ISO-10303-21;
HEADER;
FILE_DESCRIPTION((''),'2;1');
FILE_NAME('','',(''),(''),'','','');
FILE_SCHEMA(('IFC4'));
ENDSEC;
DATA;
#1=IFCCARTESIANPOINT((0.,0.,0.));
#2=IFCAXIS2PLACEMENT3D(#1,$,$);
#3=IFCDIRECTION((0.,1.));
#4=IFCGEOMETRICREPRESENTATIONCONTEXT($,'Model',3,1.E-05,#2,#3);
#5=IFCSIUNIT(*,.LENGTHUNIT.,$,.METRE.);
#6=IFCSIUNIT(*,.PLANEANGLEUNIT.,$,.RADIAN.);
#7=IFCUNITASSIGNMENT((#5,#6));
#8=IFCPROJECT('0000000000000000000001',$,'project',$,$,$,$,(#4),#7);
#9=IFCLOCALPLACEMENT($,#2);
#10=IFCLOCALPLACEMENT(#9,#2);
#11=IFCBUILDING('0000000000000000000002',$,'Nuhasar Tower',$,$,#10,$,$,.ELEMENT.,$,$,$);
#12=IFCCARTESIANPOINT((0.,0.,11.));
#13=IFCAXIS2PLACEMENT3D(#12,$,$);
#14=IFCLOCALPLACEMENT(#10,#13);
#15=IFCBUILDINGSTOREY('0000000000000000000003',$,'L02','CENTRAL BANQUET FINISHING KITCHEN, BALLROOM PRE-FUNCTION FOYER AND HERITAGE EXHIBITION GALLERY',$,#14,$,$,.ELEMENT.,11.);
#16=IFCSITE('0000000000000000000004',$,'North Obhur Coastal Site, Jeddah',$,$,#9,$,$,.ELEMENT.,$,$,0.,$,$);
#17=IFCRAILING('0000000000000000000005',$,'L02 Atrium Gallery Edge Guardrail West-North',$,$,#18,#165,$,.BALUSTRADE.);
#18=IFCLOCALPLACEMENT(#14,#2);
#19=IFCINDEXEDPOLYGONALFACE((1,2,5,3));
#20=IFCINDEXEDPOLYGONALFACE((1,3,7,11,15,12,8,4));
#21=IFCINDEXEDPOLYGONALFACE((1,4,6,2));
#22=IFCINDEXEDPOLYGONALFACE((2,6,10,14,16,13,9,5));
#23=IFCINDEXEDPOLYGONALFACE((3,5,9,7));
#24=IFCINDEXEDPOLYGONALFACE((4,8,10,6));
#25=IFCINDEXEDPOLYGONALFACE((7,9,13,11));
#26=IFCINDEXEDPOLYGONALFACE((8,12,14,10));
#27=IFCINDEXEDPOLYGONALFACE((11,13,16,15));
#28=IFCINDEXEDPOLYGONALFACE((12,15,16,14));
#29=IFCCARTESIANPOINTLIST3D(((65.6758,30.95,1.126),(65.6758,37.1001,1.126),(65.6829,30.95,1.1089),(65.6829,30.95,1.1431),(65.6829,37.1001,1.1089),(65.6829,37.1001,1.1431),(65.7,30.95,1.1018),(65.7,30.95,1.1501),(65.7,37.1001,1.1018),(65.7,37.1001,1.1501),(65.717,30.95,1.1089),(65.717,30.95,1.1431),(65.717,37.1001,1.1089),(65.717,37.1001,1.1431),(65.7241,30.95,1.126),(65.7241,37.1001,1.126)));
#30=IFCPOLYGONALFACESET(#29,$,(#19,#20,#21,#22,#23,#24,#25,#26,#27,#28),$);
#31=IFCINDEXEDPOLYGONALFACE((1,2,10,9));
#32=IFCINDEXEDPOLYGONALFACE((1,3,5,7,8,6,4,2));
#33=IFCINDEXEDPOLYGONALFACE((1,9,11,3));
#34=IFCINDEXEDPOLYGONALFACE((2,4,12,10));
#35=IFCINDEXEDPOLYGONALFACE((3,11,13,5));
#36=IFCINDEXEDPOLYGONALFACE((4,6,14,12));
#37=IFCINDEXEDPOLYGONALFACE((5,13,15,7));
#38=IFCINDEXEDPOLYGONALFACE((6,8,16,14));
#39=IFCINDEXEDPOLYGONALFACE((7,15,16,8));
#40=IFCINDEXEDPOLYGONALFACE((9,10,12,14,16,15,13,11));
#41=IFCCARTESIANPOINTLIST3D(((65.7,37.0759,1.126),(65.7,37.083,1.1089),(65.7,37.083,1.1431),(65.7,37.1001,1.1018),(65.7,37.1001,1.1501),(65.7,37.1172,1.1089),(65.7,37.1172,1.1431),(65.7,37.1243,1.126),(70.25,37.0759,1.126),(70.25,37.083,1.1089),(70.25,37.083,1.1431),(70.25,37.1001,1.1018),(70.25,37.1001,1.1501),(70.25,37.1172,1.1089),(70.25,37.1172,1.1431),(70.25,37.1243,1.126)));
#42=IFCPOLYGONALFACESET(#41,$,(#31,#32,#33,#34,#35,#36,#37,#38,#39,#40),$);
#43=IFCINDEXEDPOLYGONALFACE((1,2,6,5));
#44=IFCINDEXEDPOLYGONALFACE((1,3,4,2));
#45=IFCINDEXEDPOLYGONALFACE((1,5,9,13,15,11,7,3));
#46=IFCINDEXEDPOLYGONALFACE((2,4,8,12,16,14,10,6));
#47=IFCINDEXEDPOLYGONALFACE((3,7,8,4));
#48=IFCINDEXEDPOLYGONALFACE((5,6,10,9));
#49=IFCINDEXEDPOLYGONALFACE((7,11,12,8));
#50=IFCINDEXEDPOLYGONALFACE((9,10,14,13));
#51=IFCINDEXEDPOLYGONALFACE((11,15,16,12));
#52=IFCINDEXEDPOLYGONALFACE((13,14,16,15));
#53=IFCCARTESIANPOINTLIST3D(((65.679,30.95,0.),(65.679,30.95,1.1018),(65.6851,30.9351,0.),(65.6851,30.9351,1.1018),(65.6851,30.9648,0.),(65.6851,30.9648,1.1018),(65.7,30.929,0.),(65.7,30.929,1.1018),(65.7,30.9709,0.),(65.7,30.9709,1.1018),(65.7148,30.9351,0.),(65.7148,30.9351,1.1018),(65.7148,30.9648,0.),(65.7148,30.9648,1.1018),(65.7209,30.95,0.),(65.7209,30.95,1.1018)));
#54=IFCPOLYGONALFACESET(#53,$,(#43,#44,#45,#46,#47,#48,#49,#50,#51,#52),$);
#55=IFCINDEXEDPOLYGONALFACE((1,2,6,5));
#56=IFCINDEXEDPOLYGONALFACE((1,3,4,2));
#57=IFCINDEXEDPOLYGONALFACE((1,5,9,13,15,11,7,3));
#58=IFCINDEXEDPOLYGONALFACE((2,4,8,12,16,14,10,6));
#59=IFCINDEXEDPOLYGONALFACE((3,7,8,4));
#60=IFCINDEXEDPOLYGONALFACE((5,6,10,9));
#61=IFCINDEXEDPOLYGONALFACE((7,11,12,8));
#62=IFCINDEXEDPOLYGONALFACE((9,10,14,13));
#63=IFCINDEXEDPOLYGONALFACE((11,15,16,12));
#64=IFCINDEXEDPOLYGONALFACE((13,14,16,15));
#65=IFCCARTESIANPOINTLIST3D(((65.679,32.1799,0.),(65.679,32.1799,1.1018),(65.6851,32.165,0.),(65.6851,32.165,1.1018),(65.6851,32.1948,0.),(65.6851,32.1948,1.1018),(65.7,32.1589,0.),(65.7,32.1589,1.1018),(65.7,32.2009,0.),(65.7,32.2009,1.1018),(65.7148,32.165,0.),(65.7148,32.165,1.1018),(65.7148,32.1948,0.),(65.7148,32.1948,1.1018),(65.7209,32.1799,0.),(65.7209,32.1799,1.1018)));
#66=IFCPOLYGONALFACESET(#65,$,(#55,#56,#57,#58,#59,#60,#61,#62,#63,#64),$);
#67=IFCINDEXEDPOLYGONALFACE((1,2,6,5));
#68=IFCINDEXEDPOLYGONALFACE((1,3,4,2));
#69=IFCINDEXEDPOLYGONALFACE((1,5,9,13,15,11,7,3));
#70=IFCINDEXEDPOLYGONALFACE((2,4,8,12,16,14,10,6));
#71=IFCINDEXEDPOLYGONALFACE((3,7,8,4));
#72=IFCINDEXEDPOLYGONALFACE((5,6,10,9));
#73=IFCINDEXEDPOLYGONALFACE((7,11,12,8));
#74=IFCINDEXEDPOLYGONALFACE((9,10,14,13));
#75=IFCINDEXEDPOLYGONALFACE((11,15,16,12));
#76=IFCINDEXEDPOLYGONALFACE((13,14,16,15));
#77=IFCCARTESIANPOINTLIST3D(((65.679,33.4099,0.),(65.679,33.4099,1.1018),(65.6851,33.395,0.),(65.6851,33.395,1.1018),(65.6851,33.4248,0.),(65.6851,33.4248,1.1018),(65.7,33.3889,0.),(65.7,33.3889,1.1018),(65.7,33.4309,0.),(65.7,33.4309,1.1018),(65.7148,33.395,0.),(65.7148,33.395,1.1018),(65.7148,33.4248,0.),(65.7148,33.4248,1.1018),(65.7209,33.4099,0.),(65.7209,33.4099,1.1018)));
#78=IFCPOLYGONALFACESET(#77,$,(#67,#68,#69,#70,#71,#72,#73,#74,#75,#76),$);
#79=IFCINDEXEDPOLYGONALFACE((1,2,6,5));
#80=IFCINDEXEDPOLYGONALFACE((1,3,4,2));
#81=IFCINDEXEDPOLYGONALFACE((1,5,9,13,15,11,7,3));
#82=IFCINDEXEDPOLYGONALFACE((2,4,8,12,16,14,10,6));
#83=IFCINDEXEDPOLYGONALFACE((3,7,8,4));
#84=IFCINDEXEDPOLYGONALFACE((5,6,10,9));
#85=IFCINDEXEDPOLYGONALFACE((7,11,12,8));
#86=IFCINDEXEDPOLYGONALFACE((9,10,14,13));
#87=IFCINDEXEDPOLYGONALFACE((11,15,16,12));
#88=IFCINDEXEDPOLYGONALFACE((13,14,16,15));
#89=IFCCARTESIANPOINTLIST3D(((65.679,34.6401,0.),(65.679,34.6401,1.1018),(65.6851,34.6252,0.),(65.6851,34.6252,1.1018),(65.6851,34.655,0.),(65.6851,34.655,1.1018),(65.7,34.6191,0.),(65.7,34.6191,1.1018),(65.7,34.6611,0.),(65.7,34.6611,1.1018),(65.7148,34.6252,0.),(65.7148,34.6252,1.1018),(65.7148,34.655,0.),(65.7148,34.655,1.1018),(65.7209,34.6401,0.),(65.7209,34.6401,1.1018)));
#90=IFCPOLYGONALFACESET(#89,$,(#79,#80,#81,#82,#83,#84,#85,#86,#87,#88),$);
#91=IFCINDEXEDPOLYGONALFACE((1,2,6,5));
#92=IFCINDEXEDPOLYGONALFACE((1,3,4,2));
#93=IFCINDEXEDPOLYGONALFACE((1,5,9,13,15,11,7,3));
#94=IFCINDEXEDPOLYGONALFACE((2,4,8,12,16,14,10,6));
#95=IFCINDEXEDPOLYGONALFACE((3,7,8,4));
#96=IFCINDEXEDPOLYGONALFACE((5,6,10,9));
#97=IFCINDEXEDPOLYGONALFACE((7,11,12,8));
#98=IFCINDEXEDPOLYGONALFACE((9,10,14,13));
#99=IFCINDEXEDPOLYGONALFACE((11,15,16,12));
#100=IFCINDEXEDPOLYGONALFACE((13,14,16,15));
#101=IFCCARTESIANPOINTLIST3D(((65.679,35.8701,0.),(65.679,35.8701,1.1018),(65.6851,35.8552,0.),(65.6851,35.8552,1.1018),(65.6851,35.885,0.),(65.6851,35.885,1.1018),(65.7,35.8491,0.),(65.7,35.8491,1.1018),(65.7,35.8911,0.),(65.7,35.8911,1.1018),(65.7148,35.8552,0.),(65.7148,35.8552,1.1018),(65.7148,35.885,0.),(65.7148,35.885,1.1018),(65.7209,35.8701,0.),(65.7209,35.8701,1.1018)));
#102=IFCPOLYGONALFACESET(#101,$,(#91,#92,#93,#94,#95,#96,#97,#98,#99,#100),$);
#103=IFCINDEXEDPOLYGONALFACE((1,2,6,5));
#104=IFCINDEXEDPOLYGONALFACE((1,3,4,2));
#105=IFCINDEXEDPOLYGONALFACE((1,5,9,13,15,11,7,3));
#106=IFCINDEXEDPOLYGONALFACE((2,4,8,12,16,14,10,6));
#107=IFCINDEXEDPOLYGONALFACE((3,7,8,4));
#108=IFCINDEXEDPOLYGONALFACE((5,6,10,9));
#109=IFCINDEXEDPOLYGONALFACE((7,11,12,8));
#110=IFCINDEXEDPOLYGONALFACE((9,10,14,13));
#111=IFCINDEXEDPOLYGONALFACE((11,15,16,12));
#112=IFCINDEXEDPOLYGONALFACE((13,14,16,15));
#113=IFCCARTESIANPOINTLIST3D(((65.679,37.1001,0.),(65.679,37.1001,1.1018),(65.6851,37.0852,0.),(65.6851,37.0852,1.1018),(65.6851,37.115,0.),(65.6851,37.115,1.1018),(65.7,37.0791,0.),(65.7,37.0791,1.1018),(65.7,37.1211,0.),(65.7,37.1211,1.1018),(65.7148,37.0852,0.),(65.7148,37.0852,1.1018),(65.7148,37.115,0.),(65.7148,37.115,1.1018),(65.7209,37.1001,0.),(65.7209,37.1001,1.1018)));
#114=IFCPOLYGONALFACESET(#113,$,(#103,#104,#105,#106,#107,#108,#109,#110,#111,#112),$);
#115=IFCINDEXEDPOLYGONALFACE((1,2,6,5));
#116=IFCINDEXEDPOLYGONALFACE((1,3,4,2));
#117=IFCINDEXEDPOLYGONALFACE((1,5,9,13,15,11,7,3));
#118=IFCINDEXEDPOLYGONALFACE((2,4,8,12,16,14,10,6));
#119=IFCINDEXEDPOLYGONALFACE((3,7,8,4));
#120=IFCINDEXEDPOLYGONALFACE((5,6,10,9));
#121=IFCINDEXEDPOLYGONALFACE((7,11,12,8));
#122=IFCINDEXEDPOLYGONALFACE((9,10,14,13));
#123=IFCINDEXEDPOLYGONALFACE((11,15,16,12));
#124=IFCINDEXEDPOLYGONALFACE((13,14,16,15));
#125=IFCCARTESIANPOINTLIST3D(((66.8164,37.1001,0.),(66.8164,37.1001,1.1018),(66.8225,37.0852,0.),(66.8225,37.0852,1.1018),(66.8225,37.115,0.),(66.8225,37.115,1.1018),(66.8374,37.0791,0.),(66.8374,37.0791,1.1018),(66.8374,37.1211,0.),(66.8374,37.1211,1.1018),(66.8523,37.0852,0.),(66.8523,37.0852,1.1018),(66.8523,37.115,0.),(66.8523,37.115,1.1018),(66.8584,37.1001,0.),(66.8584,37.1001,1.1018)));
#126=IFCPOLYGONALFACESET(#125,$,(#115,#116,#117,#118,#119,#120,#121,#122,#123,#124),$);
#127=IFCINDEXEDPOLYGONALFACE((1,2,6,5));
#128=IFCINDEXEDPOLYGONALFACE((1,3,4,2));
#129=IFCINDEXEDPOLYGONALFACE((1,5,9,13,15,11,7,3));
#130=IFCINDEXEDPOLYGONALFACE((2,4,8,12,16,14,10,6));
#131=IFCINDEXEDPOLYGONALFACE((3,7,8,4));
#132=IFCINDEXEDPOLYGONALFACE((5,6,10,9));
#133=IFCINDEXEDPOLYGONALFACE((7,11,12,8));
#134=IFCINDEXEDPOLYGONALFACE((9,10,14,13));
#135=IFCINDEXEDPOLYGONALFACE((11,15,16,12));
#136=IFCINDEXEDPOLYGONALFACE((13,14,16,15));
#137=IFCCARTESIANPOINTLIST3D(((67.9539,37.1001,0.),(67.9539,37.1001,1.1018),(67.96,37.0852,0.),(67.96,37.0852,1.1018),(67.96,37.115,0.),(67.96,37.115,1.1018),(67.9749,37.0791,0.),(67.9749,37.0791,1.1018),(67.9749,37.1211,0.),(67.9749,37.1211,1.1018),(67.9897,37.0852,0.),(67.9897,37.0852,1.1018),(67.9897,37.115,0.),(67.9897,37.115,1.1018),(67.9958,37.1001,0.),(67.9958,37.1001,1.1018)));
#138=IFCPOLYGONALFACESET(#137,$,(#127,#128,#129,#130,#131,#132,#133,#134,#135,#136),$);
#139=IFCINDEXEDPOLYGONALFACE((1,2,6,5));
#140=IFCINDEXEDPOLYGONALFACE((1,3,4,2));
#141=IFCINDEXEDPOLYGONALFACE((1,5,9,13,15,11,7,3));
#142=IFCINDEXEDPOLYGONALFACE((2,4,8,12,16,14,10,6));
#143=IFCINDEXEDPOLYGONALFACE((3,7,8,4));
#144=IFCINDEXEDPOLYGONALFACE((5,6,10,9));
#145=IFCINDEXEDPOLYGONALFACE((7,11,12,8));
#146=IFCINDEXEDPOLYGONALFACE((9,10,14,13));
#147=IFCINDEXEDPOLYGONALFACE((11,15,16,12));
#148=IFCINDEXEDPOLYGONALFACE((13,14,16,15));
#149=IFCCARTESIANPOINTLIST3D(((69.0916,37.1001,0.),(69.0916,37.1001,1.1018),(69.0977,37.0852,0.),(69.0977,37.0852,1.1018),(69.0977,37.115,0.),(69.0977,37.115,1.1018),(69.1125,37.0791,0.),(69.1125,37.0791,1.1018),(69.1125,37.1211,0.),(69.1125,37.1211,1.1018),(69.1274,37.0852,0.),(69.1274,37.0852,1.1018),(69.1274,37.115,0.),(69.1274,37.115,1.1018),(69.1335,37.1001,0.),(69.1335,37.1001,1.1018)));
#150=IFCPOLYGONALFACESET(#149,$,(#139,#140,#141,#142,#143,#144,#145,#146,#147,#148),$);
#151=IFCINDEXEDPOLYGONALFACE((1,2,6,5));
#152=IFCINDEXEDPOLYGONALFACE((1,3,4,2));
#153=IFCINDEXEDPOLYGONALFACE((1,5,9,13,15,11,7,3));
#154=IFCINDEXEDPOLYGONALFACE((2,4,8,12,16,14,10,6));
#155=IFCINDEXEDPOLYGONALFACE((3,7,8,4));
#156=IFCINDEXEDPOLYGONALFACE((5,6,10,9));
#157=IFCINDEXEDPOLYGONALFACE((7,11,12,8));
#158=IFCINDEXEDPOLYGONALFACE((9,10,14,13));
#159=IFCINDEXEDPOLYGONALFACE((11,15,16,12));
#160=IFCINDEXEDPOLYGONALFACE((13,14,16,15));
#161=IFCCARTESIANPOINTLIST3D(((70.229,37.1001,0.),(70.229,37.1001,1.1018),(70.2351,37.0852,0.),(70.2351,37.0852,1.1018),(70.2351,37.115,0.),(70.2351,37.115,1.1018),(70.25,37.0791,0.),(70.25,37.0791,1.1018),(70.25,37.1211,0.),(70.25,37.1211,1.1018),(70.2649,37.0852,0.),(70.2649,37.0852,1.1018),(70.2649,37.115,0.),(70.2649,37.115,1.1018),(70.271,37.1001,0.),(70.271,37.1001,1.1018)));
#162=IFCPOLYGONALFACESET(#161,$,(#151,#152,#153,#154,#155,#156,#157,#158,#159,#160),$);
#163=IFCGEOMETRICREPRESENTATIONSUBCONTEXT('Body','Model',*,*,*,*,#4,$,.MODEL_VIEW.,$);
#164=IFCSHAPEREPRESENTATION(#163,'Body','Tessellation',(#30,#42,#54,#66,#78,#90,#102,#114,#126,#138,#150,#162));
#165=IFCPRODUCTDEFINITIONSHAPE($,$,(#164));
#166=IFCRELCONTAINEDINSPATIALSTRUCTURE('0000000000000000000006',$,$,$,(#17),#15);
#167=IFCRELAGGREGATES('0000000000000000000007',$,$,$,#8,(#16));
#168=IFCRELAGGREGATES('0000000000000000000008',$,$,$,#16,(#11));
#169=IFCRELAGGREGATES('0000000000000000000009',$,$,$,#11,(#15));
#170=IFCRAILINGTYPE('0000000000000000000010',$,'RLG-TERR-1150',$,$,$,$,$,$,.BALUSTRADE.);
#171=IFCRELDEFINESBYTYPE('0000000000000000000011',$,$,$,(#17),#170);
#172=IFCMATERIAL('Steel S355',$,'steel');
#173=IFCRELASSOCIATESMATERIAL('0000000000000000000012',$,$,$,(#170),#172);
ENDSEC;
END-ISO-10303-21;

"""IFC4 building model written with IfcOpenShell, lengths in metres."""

from ifc_helpers import new_model, si_unit, direction, frame, origin, place, context, subcontext, project, spatial, polyline, outline, extrude, material, type_object, element, save


model = new_model("IFC4")

# Units and contexts
model_context = context("Model", 3, precision=1e-05, world=origin(), true_north=direction((0.0, 1.0)))
body_context = subcontext(model_context, "Body", "Model", "MODEL_VIEW")
ifc_project = project(units=[si_unit("LENGTHUNIT", "METRE"), si_unit("PLANEANGLEUNIT", "RADIAN")], contexts=[model_context])

# Site, building, storey
site_placement = place(None, origin())
site = spatial("IfcSite", under=ifc_project, at=site_placement, Name="North Obhur Coastal Site, Jeddah", CompositionType="ELEMENT", RefElevation=0.0)
building_placement = place(site_placement, origin())
building = spatial("IfcBuilding", under=site, at=building_placement, Name="Nuhasar Tower", CompositionType="ELEMENT")
storey_placement = place(building_placement, frame((0.0, 0.0, 11.0)))
storey = spatial("IfcBuildingStorey", under=building, at=storey_placement, Name="L02", Description="CENTRAL BANQUET FINISHING KITCHEN, BALLROOM PRE-FUNCTION FOYER AND HERITAGE EXHIBITION GALLERY", CompositionType="ELEMENT", Elevation=11.0)

# Shared definitions
ifc_material_1 = material(Name="Steel S355", Category="steel")

# Railing
railing_type = type_object("IfcRailingType", Name="RLG-TERR-1150", PredefinedType="BALUSTRADE", material=ifc_material_1)
railing_1_placement = place(storey_placement, frame((65.7, 30.95, 0.0)))
element("IfcRailing", 1, at=railing_1_placement, inside=storey, type_object=railing_type, Name="L02 Atrium Gallery Edge Guardrail West-North", PredefinedType="BALUSTRADE", context=body_context, shape_type="SweptSolid", body=[
    extrude(outline(polyline([(0.0242, 0.0), (0.0171, 0.0171), (0.0, 0.0242), (-0.0171, 0.0171), (-0.0242, 0.0), (-0.0171, -0.0171), (0.0, -0.0242), (0.0171, -0.0171), (0.0242, 0.0)])), frame((0.0, 0.0, 1.126), z_axis=(0.0, 1.0, 0.0), x_axis=(-1.0, 0.0, 0.0)), (0.0, 0.0, 1.0), 6.1501),
    extrude(outline(polyline([(0.0242, 0.0), (0.0171, 0.0171), (0.0, 0.0242), (-0.0171, 0.0171), (-0.0242, 0.0), (-0.0171, -0.0171), (0.0, -0.0242), (0.0171, -0.0171), (0.0242, 0.0)])), frame((0.0, 6.1501, 1.126), z_axis=(1.0, 0.0, 0.0), x_axis=(0.0, 1.0, 0.0)), (0.0, 0.0, 1.0), 4.55),
    extrude(outline(polyline([(0.021, 0.0), (0.0149, 0.0149), (0.0, 0.021), (-0.0149, 0.0149), (-0.021, 0.0), (-0.0149, -0.0149), (0.0, -0.021), (0.0149, -0.0149), (0.021, 0.0)])), origin(), (0.0, 0.0, 1.0), 1.1018),
    extrude(outline(polyline([(0.021, 0.0), (0.0149, 0.0149), (0.0, 0.021), (-0.0149, 0.0149), (-0.021, 0.0), (-0.0149, -0.0149), (0.0, -0.021), (0.0149, -0.0149), (0.021, 0.0)])), frame((0.0, 1.23, 0.0)), (0.0, 0.0, 1.0), 1.1018),
    extrude(outline(polyline([(0.021, 0.0), (0.0149, 0.0149), (0.0, 0.021), (-0.0149, 0.0149), (-0.021, 0.0), (-0.0149, -0.0149), (0.0, -0.021), (0.0149, -0.0149), (0.021, 0.0)])), frame((0.0, 2.46, 0.0)), (0.0, 0.0, 1.0), 1.1018),
    extrude(outline(polyline([(0.021, 0.0), (0.0149, 0.0149), (0.0, 0.021), (-0.0149, 0.0149), (-0.021, 0.0), (-0.0149, -0.0149), (0.0, -0.021), (0.0149, -0.0149), (0.021, 0.0)])), frame((0.0, 3.6902, 0.0)), (0.0, 0.0, 1.0), 1.1018),
    extrude(outline(polyline([(0.021, 0.0), (0.0149, 0.0149), (0.0, 0.021), (-0.0149, 0.0149), (-0.021, 0.0), (-0.0149, -0.0149), (0.0, -0.021), (0.0149, -0.0149), (0.021, 0.0)])), frame((0.0, 4.9202, 0.0)), (0.0, 0.0, 1.0), 1.1018),
    extrude(outline(polyline([(0.021, 0.0), (0.0149, 0.0149), (0.0, 0.021), (-0.0149, 0.0149), (-0.021, 0.0), (-0.0149, -0.0149), (0.0, -0.021), (0.0149, -0.0149), (0.021, 0.0)])), frame((0.0, 6.1501, 0.0)), (0.0, 0.0, 1.0), 1.1018),
    extrude(outline(polyline([(0.021, 0.0), (0.0149, 0.0149), (0.0, 0.021), (-0.0149, 0.0149), (-0.021, 0.0), (-0.0149, -0.0149), (0.0, -0.021), (0.0149, -0.0149), (0.021, 0.0)])), frame((1.1375, 6.1501, 0.0)), (0.0, 0.0, 1.0), 1.1018),
    extrude(outline(polyline([(0.021, 0.0), (0.0149, 0.0149), (0.0, 0.021), (-0.0149, 0.0149), (-0.021, 0.0), (-0.0149, -0.0149), (0.0, -0.021), (0.0149, -0.0149), (0.021, 0.0)])), frame((2.2749, 6.1501, 0.0)), (0.0, 0.0, 1.0), 1.1018),
    extrude(outline(polyline([(0.021, 0.0), (0.0149, 0.0149), (0.0, 0.021), (-0.0149, 0.0149), (-0.021, 0.0), (-0.0149, -0.0149), (0.0, -0.021), (0.0149, -0.0149), (0.021, 0.0)])), frame((3.4126, 6.1501, 0.0)), (0.0, 0.0, 1.0), 1.1018),
    extrude(outline(polyline([(0.021, 0.0), (0.0149, 0.0149), (0.0, 0.021), (-0.0149, 0.0149), (-0.021, 0.0), (-0.0149, -0.0149), (0.0, -0.021), (0.0149, -0.0149), (0.021, 0.0)])), frame((4.55, 6.1501, 0.0)), (0.0, 0.0, 1.0), 1.1018),
])

save(model, "model.ifc")
